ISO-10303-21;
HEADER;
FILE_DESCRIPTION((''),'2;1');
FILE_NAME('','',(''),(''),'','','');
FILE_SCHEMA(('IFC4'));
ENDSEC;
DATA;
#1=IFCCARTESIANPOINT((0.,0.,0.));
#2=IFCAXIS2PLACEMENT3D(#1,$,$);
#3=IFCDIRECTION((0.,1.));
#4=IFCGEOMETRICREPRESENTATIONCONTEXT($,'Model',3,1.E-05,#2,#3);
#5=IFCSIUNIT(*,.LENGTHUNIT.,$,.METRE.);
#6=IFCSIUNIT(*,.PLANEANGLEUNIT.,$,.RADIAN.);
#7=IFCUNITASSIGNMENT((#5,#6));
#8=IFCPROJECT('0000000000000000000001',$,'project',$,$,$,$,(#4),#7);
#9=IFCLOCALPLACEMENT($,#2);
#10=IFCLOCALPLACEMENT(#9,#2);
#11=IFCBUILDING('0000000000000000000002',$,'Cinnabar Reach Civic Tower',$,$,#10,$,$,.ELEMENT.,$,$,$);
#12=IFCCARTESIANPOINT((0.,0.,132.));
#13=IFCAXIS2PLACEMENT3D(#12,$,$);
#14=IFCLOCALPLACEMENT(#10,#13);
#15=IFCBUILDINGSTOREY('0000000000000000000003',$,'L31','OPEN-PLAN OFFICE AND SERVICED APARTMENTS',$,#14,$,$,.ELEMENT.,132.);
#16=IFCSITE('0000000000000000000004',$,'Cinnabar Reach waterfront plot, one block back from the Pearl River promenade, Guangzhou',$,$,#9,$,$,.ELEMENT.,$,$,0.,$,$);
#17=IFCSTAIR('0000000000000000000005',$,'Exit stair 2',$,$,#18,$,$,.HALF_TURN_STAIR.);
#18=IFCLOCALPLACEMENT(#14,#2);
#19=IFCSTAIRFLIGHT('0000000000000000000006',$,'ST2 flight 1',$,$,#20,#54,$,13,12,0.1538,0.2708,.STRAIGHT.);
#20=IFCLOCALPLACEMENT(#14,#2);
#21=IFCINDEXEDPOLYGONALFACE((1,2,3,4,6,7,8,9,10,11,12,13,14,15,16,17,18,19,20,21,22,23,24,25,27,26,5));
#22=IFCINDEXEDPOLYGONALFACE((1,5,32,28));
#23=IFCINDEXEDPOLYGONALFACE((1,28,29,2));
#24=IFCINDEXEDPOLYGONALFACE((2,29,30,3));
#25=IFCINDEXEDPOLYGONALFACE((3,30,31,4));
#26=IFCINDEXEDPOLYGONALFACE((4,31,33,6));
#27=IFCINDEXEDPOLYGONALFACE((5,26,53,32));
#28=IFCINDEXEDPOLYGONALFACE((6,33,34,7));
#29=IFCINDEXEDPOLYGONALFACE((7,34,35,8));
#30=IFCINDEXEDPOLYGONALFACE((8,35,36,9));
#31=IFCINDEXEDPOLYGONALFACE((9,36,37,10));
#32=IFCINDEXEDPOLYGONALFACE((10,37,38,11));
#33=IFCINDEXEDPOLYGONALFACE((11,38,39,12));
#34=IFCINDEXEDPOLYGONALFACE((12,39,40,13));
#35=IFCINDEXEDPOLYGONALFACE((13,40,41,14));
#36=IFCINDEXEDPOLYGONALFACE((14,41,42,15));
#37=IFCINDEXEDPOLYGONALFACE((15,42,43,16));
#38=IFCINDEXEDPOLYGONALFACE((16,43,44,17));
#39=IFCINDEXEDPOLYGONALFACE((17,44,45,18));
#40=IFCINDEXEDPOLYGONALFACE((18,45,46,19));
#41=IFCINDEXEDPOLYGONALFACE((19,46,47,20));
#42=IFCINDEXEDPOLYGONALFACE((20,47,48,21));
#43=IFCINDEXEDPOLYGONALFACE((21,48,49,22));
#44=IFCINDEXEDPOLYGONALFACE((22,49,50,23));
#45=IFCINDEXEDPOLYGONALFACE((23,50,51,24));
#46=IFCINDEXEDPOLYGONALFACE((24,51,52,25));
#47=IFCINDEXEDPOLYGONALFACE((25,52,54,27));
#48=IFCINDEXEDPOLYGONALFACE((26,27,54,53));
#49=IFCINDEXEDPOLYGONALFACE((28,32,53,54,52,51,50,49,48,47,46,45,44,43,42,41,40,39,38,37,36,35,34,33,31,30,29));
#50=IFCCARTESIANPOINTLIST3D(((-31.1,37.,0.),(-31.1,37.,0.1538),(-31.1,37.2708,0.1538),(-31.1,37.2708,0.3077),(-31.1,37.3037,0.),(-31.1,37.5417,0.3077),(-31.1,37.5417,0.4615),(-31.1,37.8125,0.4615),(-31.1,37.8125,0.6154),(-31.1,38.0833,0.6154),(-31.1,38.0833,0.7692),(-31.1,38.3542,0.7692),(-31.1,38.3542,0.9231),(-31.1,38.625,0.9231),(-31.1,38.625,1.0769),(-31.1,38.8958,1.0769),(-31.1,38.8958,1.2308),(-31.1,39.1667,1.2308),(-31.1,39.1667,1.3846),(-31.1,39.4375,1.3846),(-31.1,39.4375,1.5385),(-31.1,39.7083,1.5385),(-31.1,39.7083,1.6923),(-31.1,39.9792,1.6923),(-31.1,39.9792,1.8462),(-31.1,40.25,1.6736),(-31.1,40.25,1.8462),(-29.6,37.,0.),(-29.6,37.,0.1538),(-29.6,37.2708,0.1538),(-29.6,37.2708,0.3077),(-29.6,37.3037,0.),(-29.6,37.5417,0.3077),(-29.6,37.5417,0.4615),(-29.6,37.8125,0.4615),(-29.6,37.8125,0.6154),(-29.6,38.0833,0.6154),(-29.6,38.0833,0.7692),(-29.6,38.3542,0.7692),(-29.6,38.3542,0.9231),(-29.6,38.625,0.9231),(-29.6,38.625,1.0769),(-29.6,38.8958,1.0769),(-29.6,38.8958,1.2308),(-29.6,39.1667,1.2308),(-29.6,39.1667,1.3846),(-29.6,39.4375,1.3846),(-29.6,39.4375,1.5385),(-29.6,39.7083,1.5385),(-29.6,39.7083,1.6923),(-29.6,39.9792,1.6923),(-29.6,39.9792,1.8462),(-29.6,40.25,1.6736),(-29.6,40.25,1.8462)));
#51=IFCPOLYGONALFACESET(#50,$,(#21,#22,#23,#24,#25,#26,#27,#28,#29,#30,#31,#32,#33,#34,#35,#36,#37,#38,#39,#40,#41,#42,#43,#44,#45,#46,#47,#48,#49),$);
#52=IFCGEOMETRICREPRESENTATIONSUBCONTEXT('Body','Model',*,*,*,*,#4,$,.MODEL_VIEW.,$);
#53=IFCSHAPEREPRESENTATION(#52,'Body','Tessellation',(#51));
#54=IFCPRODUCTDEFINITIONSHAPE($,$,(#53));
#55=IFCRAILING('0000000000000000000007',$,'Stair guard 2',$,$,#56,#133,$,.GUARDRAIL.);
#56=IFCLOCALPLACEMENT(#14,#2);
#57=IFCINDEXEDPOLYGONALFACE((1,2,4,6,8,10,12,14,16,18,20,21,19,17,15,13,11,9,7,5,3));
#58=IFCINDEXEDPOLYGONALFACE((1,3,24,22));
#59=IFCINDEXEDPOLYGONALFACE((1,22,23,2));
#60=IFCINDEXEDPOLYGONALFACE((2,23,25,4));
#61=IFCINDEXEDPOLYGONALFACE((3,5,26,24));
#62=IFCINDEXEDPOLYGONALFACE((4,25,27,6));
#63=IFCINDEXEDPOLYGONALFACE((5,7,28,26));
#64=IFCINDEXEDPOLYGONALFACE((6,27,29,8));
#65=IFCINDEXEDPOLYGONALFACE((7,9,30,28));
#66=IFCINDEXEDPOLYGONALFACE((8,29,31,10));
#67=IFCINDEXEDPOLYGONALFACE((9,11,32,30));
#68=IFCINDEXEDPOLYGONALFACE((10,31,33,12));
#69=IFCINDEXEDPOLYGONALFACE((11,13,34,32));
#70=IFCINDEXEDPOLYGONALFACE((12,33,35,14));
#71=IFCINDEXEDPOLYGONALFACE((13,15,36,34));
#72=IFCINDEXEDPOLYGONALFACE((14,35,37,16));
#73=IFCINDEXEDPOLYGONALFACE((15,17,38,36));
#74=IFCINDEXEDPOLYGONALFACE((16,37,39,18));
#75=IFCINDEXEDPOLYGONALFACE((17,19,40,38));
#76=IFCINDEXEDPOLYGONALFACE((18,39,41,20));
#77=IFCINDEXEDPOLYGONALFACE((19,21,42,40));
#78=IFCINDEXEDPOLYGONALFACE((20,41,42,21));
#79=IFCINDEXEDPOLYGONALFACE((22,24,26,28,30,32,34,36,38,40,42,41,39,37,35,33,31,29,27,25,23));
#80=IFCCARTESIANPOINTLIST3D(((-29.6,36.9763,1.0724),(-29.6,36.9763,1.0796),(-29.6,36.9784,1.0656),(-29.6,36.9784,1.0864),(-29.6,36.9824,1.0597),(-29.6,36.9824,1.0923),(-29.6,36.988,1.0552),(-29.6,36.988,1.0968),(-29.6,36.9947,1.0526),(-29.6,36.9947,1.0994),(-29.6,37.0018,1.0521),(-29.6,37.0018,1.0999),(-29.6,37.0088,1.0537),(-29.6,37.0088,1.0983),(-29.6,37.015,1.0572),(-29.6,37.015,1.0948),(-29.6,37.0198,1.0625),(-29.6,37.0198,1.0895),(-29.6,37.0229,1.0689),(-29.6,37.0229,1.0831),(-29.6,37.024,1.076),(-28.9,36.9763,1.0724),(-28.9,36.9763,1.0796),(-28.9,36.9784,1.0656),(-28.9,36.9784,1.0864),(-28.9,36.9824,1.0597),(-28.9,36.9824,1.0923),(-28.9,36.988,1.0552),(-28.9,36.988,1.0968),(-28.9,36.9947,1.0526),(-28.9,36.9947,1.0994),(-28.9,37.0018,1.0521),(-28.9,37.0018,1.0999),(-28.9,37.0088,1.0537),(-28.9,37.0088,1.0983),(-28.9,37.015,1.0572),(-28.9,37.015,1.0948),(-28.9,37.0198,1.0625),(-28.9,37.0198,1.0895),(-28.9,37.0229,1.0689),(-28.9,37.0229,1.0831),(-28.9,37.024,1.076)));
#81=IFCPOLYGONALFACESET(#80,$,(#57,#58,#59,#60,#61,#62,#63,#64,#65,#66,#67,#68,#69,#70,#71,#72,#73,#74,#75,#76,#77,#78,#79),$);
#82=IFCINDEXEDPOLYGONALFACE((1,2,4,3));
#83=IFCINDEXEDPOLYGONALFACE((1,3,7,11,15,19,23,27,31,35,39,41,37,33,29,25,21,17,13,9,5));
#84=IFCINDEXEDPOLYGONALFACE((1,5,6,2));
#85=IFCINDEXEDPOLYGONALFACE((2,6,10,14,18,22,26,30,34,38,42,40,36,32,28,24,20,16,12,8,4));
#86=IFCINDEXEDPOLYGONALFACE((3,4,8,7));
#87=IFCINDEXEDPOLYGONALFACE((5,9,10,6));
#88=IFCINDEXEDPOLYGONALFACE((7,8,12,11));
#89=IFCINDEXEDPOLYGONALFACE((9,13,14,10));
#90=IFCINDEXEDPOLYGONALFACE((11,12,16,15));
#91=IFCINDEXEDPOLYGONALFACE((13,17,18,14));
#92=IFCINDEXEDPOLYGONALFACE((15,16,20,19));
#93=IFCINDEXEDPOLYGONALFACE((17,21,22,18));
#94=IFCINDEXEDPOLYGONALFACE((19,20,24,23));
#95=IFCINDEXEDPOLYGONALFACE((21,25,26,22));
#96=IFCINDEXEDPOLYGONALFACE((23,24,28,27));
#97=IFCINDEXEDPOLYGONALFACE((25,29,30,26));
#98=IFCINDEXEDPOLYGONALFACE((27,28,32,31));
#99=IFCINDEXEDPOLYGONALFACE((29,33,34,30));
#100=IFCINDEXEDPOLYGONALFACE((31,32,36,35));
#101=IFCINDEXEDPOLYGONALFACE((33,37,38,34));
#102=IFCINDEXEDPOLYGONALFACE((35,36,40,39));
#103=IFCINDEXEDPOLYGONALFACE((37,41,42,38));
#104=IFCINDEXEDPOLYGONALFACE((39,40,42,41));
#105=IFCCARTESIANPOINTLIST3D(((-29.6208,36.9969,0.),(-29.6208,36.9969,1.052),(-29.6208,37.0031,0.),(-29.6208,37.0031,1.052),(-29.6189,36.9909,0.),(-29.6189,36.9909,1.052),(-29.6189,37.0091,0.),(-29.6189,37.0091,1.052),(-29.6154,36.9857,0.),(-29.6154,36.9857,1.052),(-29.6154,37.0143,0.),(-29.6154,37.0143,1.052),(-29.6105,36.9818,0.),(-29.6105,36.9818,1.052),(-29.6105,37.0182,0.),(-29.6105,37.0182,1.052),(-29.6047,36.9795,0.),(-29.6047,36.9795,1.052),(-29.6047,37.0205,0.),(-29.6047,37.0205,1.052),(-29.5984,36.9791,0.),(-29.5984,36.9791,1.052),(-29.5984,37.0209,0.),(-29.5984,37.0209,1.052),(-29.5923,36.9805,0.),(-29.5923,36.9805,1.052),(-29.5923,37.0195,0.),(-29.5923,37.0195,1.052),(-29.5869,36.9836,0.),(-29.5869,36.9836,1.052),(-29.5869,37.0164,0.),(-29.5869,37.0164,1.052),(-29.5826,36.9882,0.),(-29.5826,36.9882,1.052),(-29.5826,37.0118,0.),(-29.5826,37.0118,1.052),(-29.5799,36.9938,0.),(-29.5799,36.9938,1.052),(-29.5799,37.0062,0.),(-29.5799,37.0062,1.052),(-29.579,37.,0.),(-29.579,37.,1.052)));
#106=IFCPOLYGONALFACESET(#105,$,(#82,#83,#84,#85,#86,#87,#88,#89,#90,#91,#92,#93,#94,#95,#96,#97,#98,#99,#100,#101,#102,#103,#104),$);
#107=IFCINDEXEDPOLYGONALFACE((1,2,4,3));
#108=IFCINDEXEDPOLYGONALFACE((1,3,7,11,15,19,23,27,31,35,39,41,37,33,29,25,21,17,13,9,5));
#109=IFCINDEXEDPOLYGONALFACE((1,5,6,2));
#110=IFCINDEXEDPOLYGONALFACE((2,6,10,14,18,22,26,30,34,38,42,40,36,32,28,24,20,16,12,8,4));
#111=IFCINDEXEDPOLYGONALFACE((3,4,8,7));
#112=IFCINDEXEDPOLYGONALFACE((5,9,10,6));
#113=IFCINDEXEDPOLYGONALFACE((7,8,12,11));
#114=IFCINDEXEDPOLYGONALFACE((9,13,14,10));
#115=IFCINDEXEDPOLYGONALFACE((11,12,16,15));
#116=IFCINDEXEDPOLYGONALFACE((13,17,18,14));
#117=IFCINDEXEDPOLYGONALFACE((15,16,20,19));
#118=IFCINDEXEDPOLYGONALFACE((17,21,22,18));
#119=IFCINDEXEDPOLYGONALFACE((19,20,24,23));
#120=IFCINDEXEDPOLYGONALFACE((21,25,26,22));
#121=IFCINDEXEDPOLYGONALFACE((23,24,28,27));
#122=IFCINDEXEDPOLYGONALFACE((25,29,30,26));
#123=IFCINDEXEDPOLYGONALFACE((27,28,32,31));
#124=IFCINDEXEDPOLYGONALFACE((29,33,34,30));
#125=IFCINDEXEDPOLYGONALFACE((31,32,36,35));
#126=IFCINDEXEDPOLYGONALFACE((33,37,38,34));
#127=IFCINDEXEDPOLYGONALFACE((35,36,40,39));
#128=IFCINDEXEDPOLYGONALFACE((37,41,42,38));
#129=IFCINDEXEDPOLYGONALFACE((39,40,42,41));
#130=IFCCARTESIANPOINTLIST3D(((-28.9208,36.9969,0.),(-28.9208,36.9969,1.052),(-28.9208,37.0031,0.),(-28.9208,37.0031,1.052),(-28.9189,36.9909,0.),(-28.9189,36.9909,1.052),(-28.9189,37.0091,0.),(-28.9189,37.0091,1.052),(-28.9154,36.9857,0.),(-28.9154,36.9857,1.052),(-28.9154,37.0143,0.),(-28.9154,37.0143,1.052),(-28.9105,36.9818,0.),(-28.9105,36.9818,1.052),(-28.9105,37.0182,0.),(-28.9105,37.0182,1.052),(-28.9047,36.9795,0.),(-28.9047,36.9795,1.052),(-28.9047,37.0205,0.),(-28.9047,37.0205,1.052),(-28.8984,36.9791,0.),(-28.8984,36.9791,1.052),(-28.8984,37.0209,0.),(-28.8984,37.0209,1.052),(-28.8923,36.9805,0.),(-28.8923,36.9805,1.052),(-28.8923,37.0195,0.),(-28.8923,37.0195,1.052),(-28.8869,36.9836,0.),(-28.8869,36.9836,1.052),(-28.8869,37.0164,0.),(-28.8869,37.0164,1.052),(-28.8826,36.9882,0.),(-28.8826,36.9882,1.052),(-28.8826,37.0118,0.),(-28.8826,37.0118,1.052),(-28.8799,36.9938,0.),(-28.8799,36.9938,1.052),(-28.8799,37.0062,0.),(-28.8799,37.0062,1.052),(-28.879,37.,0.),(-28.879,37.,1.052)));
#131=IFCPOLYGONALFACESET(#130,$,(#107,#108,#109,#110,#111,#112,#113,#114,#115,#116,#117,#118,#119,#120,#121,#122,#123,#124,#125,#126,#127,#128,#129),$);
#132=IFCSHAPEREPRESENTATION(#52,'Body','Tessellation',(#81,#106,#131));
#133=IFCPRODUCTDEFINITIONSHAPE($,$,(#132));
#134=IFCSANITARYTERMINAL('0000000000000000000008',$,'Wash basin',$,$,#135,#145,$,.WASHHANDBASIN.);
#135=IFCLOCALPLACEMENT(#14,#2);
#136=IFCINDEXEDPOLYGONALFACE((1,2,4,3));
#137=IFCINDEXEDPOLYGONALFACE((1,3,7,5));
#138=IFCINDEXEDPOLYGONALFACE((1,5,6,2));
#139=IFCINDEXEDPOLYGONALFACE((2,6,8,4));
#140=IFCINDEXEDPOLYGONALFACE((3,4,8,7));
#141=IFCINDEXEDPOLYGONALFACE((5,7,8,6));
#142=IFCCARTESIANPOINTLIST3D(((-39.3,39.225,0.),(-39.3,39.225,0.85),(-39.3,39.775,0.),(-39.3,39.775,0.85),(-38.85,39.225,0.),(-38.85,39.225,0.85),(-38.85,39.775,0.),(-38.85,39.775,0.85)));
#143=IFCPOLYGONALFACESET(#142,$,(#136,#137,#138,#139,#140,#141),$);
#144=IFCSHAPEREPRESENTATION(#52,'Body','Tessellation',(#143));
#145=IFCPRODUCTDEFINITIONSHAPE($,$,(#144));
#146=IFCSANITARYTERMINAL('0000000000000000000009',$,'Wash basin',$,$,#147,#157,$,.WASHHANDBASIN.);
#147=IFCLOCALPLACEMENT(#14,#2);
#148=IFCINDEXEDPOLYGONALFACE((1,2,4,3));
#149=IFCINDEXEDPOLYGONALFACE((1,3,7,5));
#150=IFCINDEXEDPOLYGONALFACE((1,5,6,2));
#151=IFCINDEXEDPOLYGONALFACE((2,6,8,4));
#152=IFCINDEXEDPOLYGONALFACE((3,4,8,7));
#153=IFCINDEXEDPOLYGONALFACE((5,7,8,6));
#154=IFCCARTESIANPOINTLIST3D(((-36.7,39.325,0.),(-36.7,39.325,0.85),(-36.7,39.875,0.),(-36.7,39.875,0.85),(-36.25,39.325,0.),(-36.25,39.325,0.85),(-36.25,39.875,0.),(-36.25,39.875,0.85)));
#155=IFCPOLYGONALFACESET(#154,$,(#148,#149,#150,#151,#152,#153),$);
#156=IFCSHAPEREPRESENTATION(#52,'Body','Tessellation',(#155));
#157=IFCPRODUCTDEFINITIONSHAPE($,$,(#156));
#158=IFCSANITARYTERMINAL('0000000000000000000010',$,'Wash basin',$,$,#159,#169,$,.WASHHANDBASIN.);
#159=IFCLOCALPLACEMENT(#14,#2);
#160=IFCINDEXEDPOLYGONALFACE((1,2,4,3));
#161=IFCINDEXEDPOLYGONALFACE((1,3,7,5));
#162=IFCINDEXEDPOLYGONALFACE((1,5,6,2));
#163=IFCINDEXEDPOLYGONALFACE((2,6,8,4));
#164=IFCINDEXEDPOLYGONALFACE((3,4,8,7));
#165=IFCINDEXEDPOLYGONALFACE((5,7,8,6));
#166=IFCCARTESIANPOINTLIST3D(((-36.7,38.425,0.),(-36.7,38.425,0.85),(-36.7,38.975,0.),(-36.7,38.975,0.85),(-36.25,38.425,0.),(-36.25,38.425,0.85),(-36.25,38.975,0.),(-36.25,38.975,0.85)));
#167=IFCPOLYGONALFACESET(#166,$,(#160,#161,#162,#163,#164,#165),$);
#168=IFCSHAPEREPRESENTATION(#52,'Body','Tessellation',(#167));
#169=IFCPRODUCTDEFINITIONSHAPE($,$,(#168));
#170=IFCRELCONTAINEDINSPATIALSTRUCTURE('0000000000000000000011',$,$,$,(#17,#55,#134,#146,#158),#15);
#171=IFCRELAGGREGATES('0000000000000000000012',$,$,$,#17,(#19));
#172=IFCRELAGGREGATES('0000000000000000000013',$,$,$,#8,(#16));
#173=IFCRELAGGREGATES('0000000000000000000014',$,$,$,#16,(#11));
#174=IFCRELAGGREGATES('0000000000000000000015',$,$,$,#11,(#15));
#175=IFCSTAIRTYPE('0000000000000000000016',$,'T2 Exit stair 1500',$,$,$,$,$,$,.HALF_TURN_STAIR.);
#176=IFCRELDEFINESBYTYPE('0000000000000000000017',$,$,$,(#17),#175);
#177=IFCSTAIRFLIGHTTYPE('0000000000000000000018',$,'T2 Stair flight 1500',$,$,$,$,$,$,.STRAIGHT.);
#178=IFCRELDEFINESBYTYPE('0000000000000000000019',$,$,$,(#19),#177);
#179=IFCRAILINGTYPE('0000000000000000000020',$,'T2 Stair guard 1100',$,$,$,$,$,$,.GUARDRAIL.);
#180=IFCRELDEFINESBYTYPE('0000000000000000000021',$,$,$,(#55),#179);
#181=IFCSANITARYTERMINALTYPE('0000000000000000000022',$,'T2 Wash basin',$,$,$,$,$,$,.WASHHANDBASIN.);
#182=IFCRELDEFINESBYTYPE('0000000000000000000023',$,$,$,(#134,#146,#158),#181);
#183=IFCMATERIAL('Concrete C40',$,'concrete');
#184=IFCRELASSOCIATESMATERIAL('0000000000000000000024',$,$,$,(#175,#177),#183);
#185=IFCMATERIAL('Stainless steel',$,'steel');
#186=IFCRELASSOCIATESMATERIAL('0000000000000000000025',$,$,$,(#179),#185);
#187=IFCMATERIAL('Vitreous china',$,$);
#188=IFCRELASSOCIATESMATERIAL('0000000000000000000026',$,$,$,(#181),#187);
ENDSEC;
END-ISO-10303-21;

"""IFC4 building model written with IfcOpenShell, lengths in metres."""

from ifc_helpers import new_model, si_unit, direction, frame, origin, origin_2d, place, context, subcontext, project, spatial, polyline, rectangle, circle, outline, extrude, material, type_object, element, aggregate, save


model = new_model("IFC4")

# Units and contexts
model_context = context("Model", 3, precision=1e-05, world=origin(), true_north=direction((0.0, 1.0)))
body_context = subcontext(model_context, "Body", "Model", "MODEL_VIEW")
ifc_project = project(units=[si_unit("LENGTHUNIT", "METRE"), si_unit("PLANEANGLEUNIT", "RADIAN")], contexts=[model_context])

# Site, building, storey
site_placement = place(None, origin())
site = spatial("IfcSite", under=ifc_project, at=site_placement, Name="Cinnabar Reach waterfront plot, one block back from the Pearl River promenade, Guangzhou", CompositionType="ELEMENT", RefElevation=0.0)
building_placement = place(site_placement, origin())
building = spatial("IfcBuilding", under=site, at=building_placement, Name="Cinnabar Reach Civic Tower", CompositionType="ELEMENT")
storey_placement = place(building_placement, frame((0.0, 0.0, 132.0)))
storey = spatial("IfcBuildingStorey", under=building, at=storey_placement, Name="L31", Description="OPEN-PLAN OFFICE AND SERVICED APARTMENTS", CompositionType="ELEMENT", Elevation=132.0)

# Shared definitions
ifc_material_1 = material(Name="Concrete C40", Category="concrete")

# Stair, stair flight
stair_type = type_object("IfcStairType", Name="T2 Exit stair 1500", PredefinedType="HALF_TURN_STAIR", material=ifc_material_1)
stair_placement = place(storey_placement, origin())
stair = element("IfcStair", 1, at=stair_placement, inside=storey, type_object=stair_type, Name="Exit stair 2", PredefinedType="HALF_TURN_STAIR")
stair_flight_type = type_object("IfcStairFlightType", Name="T2 Stair flight 1500", PredefinedType="STRAIGHT", material=ifc_material_1)
stair_flight_placement = place(storey_placement, frame((-30.35, 37.0, 0.0), z_axis=(0.0, 0.0, 1.0), x_axis=(0.0, 1.0, 0.0)))
stair_flight = element("IfcStairFlight", 2, at=stair_flight_placement, type_object=stair_flight_type, Name="ST2 flight 1", NumberOfRisers=13, NumberOfTreads=12, PredefinedType="STRAIGHT", RiserHeight=0.1538, TreadLength=0.2708, context=body_context, shape_type="SweptSolid", body=[
    extrude(outline(polyline([(0.0, 0.0), (0.0, 0.1538), (0.2708, 0.1538), (0.2708, 0.3077), (0.5417, 0.3077), (0.5417, 0.4615), (0.8125, 0.4615), (0.8125, 0.6154), (1.0833, 0.6154), (1.0833, 0.7692), (1.3542, 0.7692), (1.3542, 0.9231), (1.625, 0.9231), (1.625, 1.0769), (1.8958, 1.0769), (1.8958, 1.2308), (2.1667, 1.2308), (2.1667, 1.3846), (2.4375, 1.3846), (2.4375, 1.5385), (2.7083, 1.5385), (2.7083, 1.6923), (2.9792, 1.6923), (2.9792, 1.8462), (3.25, 1.8462), (3.25, 2.0), (3.25, 1.6736), (0.3037, 0.0), (0.0, 0.0)])), frame((0.0, 0.75, 0.0), z_axis=(0.0, -1.0, 0.0), x_axis=(1.0, 0.0, 0.0)), (0.0, 0.0, 1.0), 1.5),
])
aggregate(stair, [stair_flight])

# Railing
ifc_material_2 = material(Name="Stainless steel", Category="steel")
railing_type = type_object("IfcRailingType", Name="T2 Stair guard 1100", PredefinedType="GUARDRAIL", material=ifc_material_2)
railing_placement = place(storey_placement, frame((-29.6, 37.0, 0.0)))
element("IfcRailing", 3, at=railing_placement, inside=storey, type_object=railing_type, Name="Stair guard 2", PredefinedType="GUARDRAIL", context=body_context, shape_type="SweptSolid", body=[
    extrude(circle(Radius=0.024, at=origin_2d()), frame((0.0, 0.0, 1.076), z_axis=(1.0, 0.0, 0.0), x_axis=(0.0, 1.0, 0.0)), (0.0, 0.0, 1.0), 0.7),
    extrude(circle(Radius=0.021, at=origin_2d()), origin(), (0.0, 0.0, 1.0), 1.052),
    extrude(circle(Radius=0.021, at=origin_2d()), frame((0.7, 0.0, 0.0)), (0.0, 0.0, 1.0), 1.052),
])

# Sanitary terminals
ifc_material_3 = material(Name="Vitreous china")
sanitary_terminal_type = type_object("IfcSanitaryTerminalType", Name="T2 Wash basin", PredefinedType="WASHHANDBASIN", material=ifc_material_3)
for number, where, z_axis, x_axis, name in (
    (4, (-39.075, 39.5, 0.0), (0.0, 0.0, 1.0), (1.0, 0.0, 0.0), "Wash basin"),
    (5, (-36.475, 39.6, 0.0), (0.0, 0.0, 1.0), (1.0, 0.0, 0.0), "Wash basin"),
    (6, (-36.475, 38.7, 0.0), (0.0, 0.0, 1.0), (1.0, 0.0, 0.0), "Wash basin"),
):
    element("IfcSanitaryTerminal", number, at=place(storey_placement, frame(where, z_axis=z_axis, x_axis=x_axis)), inside=storey, type_object=sanitary_terminal_type, Name=name, PredefinedType="WASHHANDBASIN", context=body_context, shape_type="SweptSolid", body=[
        extrude(rectangle(XDim=0.45, YDim=0.55, at=origin_2d()), origin(), (0.0, 0.0, 1.0), 0.85),
    ])

save(model, "model.ifc")
